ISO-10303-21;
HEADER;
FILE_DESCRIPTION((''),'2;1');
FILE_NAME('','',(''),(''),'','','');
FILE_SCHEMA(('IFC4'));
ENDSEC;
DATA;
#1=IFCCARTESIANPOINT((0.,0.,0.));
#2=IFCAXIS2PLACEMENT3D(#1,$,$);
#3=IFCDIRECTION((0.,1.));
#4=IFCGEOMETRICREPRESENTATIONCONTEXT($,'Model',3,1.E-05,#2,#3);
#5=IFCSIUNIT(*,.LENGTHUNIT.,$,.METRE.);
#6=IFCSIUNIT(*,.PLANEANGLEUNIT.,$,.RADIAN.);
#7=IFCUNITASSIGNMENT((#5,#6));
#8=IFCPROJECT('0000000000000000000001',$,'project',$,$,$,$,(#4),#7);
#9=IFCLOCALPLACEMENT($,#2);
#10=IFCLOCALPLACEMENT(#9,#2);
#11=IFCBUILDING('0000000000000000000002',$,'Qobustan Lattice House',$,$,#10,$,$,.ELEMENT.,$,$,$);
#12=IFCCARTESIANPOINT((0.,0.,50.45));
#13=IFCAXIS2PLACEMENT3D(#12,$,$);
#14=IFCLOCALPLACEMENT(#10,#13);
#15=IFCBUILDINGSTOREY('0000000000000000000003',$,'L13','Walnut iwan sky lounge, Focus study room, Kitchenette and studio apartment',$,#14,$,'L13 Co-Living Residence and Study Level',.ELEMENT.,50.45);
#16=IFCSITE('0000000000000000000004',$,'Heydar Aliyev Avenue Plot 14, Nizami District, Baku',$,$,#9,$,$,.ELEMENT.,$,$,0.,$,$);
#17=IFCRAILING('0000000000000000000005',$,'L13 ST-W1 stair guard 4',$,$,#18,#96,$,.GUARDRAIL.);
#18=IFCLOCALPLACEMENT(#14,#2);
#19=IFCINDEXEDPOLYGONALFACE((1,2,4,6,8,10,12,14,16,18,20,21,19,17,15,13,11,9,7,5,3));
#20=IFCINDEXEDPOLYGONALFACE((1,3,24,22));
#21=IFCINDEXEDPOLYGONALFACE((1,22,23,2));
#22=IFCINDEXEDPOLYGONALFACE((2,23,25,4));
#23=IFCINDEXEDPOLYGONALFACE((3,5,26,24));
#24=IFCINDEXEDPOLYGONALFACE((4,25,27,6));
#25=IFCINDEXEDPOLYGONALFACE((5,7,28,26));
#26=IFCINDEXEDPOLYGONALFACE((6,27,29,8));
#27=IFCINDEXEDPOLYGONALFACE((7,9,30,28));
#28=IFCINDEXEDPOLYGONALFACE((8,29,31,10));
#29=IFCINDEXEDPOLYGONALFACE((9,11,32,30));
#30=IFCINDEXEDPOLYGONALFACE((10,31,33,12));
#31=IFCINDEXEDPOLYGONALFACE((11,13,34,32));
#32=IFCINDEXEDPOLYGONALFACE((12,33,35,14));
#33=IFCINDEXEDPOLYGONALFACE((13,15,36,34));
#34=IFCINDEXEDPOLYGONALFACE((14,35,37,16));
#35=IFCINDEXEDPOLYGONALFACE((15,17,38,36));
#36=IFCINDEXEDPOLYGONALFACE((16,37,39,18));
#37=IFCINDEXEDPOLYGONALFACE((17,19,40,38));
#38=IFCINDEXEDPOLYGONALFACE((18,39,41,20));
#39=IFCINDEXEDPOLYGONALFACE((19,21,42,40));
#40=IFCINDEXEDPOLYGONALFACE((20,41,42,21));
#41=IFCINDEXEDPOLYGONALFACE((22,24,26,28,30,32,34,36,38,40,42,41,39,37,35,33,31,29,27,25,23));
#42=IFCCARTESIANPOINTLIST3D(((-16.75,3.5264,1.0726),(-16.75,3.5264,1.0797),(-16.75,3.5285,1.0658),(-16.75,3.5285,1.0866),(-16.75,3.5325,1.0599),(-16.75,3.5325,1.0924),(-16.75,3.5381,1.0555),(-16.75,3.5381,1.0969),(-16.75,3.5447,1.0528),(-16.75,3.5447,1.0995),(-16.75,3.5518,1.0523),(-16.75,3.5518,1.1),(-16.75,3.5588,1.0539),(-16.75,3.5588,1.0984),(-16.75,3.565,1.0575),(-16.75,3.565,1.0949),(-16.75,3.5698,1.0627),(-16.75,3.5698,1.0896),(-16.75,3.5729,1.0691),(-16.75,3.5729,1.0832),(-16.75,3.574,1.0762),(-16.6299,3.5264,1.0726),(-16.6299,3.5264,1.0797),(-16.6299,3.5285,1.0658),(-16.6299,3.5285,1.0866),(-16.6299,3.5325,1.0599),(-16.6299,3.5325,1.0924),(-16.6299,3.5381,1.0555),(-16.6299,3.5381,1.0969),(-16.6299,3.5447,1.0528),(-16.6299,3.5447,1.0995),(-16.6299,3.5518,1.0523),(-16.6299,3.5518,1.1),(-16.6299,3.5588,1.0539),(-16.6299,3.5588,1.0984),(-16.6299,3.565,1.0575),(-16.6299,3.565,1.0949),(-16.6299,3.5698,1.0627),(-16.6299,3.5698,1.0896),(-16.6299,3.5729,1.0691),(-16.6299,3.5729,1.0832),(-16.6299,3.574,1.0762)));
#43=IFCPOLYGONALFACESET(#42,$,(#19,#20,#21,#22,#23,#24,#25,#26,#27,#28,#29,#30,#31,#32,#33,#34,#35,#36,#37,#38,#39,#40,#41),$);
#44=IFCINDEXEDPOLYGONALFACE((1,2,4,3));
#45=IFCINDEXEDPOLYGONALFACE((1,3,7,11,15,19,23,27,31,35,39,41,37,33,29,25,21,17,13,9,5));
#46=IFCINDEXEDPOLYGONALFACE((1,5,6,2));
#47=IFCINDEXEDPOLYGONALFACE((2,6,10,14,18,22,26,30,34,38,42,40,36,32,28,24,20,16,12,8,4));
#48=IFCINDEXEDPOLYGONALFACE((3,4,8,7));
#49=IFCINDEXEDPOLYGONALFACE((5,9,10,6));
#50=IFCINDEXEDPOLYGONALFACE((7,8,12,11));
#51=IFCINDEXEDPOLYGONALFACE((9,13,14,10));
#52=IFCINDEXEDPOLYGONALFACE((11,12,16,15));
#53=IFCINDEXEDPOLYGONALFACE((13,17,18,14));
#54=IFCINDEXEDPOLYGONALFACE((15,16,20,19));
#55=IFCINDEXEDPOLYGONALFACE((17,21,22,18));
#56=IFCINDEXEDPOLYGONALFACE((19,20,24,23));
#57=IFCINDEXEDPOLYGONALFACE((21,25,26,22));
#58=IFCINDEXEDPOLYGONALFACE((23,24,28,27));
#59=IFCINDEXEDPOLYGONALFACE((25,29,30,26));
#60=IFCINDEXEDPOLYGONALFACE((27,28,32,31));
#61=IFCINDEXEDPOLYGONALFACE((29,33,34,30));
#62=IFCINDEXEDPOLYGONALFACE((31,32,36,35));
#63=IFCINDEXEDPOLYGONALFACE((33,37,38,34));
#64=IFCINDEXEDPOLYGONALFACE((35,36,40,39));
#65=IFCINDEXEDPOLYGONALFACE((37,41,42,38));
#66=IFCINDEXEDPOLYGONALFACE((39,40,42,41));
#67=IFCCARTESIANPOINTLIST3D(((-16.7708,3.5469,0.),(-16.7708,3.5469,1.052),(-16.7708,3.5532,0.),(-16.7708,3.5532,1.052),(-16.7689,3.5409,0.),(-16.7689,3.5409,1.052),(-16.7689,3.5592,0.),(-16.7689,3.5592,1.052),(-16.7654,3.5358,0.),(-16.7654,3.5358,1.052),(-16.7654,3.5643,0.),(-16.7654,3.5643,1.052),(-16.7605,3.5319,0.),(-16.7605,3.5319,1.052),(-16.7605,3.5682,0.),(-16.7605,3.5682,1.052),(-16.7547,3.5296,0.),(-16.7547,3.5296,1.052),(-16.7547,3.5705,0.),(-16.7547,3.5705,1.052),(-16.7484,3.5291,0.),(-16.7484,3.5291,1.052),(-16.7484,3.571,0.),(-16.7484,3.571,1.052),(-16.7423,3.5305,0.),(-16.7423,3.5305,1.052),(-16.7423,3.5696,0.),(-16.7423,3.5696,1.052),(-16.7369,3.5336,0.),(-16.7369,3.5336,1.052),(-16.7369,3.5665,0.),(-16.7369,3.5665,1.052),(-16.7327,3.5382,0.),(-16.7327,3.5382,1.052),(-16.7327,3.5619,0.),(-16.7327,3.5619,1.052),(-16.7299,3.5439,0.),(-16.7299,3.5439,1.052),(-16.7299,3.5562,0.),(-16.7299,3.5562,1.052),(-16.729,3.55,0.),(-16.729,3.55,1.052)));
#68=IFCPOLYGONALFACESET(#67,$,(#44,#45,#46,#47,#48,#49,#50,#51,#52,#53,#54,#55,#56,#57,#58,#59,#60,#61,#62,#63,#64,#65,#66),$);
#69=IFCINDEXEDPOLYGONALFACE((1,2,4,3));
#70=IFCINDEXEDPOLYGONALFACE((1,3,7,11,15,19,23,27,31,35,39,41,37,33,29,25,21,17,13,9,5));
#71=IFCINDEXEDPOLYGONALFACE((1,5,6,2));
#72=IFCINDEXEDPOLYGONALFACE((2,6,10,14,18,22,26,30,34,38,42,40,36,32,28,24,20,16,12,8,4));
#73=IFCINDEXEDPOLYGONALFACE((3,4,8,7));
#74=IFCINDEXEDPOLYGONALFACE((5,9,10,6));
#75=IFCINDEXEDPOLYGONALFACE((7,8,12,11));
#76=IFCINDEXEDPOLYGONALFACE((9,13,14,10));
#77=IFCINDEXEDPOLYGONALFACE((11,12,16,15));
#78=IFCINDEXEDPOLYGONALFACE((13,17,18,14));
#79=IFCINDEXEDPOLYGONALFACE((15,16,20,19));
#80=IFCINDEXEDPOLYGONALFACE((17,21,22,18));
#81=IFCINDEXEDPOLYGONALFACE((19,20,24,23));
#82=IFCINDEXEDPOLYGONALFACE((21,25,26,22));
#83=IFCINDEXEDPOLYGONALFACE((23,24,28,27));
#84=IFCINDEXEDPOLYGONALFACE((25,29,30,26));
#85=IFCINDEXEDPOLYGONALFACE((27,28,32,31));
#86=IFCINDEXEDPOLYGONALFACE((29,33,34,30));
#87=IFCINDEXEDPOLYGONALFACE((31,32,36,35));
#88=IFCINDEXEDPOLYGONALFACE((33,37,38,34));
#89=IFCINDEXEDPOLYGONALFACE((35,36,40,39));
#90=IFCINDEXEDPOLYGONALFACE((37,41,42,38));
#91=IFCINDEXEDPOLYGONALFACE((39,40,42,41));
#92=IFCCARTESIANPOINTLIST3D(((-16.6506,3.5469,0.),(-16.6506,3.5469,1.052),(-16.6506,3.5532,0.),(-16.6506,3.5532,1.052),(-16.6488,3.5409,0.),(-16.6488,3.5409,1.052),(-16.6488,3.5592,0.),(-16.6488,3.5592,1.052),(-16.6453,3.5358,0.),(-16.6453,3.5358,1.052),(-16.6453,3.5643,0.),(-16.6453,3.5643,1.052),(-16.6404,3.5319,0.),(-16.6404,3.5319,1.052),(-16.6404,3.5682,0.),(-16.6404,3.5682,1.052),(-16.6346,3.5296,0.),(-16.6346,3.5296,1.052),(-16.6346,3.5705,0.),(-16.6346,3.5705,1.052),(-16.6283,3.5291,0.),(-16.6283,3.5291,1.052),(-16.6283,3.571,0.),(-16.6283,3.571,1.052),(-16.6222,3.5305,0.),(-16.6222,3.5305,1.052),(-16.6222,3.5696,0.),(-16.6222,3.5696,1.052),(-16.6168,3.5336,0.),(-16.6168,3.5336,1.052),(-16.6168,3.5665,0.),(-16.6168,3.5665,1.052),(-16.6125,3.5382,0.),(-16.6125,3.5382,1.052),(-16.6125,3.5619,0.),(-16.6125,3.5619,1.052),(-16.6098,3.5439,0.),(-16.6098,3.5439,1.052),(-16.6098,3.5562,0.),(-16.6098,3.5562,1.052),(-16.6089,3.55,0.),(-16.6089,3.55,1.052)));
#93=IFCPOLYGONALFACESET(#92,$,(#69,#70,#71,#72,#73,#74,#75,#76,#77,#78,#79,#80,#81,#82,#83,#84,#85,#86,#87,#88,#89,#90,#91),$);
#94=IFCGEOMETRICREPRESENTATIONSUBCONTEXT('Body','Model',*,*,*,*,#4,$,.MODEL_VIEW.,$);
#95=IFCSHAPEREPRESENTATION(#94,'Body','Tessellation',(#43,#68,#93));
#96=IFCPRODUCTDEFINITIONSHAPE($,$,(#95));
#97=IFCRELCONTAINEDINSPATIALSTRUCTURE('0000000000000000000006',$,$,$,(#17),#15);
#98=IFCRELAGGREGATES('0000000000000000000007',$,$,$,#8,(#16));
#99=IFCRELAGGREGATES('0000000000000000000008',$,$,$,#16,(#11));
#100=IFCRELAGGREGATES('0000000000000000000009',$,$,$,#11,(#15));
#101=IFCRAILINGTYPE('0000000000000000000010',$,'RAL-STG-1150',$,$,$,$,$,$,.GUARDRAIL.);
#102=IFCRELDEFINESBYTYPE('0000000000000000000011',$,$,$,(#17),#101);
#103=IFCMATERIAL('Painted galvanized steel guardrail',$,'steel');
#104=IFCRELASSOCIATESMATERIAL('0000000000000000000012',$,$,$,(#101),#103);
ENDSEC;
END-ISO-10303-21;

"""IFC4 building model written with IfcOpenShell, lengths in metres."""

from ifc_helpers import new_model, si_unit, direction, frame, origin, origin_2d, place, context, subcontext, project, spatial, circle, extrude, material, type_object, element, save


model = new_model("IFC4")

# Units and contexts
model_context = context("Model", 3, precision=1e-05, world=origin(), true_north=direction((0.0, 1.0)))
body_context = subcontext(model_context, "Body", "Model", "MODEL_VIEW")
ifc_project = project(units=[si_unit("LENGTHUNIT", "METRE"), si_unit("PLANEANGLEUNIT", "RADIAN")], contexts=[model_context])

# Site, building, storey
site_placement = place(None, origin())
site = spatial("IfcSite", under=ifc_project, at=site_placement, Name="Heydar Aliyev Avenue Plot 14, Nizami District, Baku", CompositionType="ELEMENT", RefElevation=0.0)
building_placement = place(site_placement, origin())
building = spatial("IfcBuilding", under=site, at=building_placement, Name="Qobustan Lattice House", CompositionType="ELEMENT")
storey_placement = place(building_placement, frame((0.0, 0.0, 50.45)))
storey = spatial("IfcBuildingStorey", under=building, at=storey_placement, Name="L13", Description="Walnut iwan sky lounge, Focus study room, Kitchenette and studio apartment", LongName="L13 Co-Living Residence and Study Level", CompositionType="ELEMENT", Elevation=50.45)

# Railing
ifc_material_1 = material(Name="Painted galvanized steel guardrail", Category="steel")
railing_type_1 = type_object("IfcRailingType", Name="RAL-STG-1150", PredefinedType="GUARDRAIL", material=ifc_material_1)
railing_1_placement = place(storey_placement, frame((-16.75, 3.55, 0.0)))
element("IfcRailing", 1, at=railing_1_placement, inside=storey, type_object=railing_type_1, Name="L13 ST-W1 stair guard 4", PredefinedType="GUARDRAIL", context=body_context, shape_type="SweptSolid", body=[
    extrude(circle(Radius=0.0239, at=origin_2d()), frame((0.0, 0.0, 1.0762), z_axis=(1.0, 0.0, 0.0), x_axis=(0.0, 1.0, 0.0)), (0.0, 0.0, 1.0), 0.1201),
    extrude(circle(Radius=0.021, at=origin_2d()), origin(), (0.0, 0.0, 1.0), 1.052),
    extrude(circle(Radius=0.021, at=origin_2d()), frame((0.1201, 0.0, 0.0)), (0.0, 0.0, 1.0), 1.052),
])

save(model, "model.ifc")
